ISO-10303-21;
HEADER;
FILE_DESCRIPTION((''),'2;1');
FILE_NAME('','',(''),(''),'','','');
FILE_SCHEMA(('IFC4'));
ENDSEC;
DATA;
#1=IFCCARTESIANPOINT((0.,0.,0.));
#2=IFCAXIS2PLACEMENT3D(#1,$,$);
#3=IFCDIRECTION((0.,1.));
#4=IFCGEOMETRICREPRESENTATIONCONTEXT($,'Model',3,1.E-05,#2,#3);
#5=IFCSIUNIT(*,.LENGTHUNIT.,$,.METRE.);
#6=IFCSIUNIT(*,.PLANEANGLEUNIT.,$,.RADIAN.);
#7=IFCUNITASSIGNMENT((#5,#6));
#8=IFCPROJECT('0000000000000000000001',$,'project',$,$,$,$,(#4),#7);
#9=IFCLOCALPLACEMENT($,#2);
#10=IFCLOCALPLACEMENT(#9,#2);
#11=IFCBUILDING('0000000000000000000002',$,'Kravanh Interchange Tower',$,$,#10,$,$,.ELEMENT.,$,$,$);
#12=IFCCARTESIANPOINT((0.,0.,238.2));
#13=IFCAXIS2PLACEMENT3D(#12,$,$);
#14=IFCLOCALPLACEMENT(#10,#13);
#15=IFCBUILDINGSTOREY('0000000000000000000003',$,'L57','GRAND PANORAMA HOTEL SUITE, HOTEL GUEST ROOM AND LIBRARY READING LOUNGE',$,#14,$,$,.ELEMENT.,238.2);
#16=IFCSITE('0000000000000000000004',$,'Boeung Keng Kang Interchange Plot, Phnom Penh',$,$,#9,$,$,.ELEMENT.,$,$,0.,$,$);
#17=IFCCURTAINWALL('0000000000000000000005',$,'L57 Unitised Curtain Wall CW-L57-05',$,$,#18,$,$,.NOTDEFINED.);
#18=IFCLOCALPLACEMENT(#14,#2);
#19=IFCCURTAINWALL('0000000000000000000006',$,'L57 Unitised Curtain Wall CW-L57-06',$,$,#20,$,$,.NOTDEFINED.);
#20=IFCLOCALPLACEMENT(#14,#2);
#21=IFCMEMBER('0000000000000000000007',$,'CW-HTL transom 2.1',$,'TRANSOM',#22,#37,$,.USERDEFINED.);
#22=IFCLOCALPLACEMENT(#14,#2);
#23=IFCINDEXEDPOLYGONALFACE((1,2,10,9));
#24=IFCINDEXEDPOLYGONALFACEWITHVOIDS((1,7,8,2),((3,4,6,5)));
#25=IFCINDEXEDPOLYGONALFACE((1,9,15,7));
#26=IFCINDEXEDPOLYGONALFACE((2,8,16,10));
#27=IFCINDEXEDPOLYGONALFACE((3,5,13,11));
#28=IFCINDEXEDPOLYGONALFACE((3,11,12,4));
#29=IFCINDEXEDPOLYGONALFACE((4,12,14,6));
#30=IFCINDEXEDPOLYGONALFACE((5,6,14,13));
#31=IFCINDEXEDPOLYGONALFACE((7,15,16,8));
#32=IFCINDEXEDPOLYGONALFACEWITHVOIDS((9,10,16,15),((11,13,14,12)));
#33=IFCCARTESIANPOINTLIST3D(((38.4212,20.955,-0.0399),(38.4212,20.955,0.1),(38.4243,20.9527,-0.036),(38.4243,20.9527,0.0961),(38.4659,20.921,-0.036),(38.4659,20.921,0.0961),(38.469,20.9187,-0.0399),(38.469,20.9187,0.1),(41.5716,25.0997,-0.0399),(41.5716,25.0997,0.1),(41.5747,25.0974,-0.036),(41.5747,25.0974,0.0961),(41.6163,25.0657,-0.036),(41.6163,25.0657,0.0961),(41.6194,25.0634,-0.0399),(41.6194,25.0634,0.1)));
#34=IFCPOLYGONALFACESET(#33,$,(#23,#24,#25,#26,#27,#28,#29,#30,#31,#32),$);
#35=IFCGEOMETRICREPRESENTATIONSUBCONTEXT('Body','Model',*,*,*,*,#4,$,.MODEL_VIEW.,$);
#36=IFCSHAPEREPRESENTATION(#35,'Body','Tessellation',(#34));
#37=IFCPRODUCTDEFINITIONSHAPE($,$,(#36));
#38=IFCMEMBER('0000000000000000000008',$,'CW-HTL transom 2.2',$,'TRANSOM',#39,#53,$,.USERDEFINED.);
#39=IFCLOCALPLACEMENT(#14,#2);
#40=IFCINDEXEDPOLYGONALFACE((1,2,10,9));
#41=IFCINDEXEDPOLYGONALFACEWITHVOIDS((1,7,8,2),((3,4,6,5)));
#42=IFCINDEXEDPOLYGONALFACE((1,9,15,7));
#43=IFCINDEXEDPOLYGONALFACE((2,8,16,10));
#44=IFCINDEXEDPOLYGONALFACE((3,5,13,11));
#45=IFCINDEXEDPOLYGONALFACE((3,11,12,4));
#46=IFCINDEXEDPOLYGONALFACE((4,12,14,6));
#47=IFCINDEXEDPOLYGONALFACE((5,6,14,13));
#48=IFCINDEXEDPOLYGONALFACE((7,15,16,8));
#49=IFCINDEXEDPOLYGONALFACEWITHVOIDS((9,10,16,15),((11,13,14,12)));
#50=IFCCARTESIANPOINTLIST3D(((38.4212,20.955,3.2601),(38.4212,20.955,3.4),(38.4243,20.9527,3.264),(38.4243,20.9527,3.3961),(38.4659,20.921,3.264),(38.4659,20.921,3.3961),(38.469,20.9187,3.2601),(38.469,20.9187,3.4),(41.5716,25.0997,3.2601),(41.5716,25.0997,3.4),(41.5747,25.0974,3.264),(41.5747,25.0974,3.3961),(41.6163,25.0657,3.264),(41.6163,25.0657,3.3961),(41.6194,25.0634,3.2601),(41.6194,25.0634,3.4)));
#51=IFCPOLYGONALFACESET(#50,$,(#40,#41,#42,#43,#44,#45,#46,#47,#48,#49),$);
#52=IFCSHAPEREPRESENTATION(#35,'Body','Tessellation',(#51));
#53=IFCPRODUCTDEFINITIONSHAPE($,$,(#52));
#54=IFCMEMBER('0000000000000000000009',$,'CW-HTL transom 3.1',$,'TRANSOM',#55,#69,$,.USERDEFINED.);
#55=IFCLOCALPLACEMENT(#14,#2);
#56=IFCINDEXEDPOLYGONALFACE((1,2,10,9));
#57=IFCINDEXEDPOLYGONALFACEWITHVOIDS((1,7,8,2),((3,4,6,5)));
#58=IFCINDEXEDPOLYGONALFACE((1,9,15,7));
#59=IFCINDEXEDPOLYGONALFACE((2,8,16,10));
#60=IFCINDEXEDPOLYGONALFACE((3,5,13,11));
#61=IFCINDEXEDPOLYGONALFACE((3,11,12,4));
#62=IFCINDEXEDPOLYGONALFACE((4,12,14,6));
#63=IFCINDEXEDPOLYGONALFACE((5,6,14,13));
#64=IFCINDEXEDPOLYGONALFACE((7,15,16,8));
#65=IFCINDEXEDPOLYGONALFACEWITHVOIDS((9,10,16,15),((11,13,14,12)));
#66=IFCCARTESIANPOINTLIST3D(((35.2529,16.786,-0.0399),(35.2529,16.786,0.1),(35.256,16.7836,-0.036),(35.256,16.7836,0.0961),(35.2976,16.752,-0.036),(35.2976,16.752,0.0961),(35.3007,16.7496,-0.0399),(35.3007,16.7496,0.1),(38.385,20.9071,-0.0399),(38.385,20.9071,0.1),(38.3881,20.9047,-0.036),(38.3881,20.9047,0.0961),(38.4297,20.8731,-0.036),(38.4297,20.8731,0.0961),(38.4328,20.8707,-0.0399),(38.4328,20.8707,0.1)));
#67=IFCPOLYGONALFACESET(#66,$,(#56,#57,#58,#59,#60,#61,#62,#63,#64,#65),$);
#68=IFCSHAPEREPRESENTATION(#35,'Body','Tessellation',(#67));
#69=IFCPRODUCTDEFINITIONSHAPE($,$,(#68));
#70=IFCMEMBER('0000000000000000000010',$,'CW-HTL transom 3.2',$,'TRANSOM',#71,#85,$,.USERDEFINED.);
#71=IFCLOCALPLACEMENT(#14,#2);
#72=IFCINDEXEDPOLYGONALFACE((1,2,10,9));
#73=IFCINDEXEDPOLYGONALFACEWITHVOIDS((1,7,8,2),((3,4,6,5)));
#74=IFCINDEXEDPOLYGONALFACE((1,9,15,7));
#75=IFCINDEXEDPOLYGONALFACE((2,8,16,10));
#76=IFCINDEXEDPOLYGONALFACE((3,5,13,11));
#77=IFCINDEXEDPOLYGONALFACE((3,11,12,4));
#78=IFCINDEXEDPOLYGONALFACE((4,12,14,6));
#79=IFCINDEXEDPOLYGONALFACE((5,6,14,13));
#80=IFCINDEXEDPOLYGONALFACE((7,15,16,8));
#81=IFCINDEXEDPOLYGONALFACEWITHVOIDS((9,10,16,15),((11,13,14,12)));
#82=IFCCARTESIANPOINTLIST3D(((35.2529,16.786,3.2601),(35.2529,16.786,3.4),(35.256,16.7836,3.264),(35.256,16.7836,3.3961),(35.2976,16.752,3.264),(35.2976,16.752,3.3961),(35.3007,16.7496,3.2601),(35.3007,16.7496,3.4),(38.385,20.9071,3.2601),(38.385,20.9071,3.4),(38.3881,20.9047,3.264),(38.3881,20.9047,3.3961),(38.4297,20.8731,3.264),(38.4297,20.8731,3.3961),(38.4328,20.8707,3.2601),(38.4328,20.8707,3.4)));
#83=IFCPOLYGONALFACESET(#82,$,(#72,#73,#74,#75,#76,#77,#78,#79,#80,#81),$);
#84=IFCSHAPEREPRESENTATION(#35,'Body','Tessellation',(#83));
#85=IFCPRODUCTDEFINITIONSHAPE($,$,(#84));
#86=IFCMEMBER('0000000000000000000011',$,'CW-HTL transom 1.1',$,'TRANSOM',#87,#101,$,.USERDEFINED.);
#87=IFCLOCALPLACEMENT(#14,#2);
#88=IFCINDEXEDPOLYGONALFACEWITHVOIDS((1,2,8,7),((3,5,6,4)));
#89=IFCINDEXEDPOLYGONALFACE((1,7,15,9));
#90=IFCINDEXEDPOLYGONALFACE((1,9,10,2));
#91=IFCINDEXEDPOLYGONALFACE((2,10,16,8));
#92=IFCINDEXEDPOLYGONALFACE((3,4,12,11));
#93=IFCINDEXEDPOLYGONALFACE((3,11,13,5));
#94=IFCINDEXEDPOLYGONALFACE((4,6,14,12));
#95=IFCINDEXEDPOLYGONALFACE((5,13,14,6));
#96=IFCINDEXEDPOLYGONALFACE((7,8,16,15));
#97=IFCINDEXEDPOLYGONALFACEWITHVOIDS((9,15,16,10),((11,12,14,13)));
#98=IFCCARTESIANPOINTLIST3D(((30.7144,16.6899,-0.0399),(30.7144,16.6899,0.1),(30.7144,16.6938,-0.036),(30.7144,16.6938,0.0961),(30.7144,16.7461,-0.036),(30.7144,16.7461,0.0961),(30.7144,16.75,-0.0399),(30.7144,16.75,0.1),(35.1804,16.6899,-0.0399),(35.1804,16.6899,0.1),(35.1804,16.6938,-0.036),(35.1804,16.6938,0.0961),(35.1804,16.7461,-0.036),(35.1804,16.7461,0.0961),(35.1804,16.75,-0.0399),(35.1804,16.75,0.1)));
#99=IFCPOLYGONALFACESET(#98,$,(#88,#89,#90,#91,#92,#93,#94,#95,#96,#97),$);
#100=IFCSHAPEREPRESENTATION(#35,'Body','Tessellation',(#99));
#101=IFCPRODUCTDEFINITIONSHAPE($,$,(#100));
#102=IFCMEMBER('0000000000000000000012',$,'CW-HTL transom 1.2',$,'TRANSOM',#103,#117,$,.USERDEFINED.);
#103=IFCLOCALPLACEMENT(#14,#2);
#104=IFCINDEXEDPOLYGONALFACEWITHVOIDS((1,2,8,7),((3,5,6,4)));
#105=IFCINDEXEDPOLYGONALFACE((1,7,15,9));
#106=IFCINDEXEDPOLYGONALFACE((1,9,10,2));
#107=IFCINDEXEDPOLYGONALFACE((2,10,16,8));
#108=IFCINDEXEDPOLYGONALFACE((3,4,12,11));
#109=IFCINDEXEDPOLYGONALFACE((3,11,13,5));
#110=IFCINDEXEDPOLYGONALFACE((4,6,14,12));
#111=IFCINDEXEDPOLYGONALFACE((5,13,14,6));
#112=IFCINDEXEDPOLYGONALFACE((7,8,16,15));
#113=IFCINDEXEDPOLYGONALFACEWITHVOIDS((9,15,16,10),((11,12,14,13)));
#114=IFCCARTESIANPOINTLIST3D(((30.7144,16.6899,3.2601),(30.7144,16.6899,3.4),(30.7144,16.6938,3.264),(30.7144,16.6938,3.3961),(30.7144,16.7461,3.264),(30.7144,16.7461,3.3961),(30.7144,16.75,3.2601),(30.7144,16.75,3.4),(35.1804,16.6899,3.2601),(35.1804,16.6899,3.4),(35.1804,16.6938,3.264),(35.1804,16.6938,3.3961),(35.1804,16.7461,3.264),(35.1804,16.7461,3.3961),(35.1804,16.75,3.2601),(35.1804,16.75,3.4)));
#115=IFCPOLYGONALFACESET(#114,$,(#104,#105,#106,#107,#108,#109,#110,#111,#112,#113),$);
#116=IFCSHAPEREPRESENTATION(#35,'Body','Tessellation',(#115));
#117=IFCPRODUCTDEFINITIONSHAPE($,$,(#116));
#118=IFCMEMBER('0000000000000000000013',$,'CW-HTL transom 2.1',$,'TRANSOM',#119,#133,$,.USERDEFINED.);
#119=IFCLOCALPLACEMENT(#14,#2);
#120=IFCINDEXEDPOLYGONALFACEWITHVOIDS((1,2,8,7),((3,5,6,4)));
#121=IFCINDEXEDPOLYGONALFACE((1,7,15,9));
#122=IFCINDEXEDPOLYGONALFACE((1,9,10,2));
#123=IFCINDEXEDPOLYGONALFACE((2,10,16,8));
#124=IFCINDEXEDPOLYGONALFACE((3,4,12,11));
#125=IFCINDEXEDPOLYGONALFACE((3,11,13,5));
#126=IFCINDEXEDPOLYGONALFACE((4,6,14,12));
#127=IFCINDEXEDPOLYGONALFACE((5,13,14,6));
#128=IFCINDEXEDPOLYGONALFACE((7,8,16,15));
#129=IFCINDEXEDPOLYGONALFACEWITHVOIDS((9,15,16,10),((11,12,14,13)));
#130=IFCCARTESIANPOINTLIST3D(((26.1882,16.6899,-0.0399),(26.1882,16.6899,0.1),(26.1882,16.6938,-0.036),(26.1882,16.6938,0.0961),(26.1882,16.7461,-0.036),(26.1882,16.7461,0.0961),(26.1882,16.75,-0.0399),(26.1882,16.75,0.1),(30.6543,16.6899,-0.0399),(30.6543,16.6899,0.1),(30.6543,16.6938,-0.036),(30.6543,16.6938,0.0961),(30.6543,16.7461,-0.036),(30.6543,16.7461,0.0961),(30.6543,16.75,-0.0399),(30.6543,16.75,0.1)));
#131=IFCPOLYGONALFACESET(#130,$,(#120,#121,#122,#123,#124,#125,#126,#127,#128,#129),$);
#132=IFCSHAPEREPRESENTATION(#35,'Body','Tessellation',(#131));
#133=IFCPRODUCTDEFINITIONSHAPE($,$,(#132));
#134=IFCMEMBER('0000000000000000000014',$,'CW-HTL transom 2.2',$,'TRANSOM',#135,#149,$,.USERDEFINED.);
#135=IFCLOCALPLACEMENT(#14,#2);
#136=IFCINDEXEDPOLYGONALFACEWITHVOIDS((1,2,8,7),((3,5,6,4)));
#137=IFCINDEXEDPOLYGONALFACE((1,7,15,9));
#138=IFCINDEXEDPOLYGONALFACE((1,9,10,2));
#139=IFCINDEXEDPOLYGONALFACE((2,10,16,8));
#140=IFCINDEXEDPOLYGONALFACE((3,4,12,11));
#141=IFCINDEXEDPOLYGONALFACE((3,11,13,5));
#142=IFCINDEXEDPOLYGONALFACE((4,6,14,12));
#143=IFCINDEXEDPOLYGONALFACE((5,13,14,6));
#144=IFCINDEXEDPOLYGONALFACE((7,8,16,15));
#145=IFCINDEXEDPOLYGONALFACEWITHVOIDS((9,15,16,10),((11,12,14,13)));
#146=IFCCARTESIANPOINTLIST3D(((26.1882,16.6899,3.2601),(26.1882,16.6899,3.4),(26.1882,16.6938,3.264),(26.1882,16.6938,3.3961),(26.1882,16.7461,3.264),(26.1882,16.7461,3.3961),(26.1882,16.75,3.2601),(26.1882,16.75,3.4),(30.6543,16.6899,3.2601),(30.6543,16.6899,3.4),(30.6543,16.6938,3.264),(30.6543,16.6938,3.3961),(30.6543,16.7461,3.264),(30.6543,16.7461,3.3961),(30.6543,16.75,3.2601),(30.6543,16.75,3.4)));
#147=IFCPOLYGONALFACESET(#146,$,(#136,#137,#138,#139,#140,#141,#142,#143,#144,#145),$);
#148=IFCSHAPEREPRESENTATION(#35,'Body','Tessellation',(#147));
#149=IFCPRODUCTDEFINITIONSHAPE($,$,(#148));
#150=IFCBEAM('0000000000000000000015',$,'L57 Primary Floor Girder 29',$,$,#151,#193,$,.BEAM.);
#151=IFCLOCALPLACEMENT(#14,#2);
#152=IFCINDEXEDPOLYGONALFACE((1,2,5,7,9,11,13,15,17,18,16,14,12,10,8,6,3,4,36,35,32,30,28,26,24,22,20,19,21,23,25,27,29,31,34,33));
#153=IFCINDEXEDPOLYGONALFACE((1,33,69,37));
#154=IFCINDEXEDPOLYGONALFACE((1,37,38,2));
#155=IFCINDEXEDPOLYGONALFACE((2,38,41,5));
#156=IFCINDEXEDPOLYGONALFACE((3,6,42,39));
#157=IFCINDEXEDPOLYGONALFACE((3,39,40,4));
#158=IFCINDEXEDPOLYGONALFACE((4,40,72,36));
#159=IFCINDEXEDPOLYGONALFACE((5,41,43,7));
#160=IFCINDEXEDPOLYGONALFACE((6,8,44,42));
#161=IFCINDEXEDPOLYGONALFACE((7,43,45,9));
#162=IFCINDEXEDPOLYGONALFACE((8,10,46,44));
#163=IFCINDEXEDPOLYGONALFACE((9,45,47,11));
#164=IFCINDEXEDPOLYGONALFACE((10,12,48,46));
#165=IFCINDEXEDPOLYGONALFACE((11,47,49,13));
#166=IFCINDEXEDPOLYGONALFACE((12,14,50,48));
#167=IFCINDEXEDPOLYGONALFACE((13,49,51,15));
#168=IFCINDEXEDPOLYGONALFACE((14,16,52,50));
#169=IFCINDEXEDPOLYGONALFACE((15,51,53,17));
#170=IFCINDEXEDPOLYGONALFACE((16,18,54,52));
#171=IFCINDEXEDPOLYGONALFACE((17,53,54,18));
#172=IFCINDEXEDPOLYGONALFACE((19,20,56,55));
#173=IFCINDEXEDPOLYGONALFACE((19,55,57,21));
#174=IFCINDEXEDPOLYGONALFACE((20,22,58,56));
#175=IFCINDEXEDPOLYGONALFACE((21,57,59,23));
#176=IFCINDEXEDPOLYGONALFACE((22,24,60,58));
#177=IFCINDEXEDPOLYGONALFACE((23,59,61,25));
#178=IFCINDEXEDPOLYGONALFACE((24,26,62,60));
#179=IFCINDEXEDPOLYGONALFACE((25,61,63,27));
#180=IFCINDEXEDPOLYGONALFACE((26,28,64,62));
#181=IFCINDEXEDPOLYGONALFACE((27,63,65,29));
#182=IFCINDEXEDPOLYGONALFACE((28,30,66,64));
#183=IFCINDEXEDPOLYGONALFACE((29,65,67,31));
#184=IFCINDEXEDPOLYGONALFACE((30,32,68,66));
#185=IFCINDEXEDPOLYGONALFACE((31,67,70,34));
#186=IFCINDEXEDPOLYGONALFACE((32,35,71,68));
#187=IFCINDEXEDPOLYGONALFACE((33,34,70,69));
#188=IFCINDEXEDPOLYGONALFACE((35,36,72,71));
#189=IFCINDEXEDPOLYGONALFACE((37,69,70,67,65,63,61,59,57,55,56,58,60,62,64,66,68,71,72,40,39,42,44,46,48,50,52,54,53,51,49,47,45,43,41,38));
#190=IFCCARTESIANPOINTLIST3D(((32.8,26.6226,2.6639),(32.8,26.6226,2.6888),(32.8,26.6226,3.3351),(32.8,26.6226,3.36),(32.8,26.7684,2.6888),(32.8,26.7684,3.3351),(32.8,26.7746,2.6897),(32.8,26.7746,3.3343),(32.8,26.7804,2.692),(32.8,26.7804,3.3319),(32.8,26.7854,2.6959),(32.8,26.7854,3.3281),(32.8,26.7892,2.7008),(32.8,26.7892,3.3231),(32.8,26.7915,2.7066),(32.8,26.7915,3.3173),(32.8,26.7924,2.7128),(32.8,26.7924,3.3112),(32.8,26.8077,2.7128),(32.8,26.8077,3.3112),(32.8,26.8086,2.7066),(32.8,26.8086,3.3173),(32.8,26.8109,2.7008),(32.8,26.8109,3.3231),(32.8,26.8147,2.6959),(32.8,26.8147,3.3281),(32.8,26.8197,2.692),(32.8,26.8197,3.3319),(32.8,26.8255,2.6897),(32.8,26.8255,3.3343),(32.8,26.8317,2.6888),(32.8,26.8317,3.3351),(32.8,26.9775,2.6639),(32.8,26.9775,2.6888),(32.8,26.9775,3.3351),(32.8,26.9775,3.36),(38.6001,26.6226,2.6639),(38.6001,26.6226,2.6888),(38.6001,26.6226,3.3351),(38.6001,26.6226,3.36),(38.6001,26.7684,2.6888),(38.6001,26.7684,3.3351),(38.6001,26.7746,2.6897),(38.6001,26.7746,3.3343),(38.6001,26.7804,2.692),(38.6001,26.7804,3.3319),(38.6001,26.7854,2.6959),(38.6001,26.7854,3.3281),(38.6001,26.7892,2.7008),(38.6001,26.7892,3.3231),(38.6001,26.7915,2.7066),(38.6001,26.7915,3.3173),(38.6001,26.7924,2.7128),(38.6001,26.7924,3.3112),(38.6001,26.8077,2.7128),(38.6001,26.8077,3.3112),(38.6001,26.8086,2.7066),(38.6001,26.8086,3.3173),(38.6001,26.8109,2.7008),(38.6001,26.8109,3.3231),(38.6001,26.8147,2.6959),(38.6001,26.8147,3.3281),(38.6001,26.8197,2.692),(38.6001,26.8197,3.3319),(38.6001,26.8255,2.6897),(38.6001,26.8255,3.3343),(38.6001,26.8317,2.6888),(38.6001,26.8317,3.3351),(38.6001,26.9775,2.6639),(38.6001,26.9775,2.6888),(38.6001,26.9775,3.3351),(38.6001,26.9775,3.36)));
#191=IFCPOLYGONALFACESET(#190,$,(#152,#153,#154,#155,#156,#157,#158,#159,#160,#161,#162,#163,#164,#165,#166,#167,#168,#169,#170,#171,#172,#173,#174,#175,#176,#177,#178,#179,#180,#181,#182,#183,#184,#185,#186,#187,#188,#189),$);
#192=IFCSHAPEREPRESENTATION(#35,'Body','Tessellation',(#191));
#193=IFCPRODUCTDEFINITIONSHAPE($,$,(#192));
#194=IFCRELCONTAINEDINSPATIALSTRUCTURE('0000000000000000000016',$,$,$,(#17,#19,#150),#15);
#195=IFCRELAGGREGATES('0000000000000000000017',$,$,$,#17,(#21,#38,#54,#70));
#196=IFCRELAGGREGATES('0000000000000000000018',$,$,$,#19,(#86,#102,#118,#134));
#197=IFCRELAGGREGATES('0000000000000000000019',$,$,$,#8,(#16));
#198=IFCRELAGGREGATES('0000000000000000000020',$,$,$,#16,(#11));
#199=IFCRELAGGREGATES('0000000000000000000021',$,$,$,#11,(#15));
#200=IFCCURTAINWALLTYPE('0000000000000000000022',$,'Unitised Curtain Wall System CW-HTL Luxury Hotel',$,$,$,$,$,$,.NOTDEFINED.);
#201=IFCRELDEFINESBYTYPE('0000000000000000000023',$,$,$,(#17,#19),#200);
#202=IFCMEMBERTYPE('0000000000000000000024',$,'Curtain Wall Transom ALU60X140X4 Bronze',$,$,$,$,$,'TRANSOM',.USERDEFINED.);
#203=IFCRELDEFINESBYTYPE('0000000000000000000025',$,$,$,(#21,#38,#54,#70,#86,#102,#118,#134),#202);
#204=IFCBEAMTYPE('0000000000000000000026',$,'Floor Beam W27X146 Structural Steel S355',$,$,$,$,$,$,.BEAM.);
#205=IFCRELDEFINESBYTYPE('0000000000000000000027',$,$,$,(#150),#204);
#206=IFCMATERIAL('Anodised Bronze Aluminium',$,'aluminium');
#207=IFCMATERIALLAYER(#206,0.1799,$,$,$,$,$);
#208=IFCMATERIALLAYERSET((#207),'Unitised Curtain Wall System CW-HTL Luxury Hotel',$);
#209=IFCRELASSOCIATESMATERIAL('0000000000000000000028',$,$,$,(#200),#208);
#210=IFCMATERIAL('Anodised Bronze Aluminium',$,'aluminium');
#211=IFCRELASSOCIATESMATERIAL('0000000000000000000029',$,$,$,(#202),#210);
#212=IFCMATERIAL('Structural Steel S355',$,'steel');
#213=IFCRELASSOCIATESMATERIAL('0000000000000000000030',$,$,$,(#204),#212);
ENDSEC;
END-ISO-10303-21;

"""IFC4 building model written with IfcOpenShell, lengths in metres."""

from ifc_helpers import new_model, si_unit, direction, frame, origin, origin_2d, place, context, subcontext, project, spatial, hollow_rectangle, i_section, extrude, material, layer, layer_set, material_profile, profile_set, type_object, element, aggregate, save


model = new_model("IFC4")

# Units and contexts
model_context = context("Model", 3, precision=1e-05, world=origin(), true_north=direction((0.0, 1.0)))
body_context = subcontext(model_context, "Body", "Model", "MODEL_VIEW")
ifc_project = project(units=[si_unit("LENGTHUNIT", "METRE"), si_unit("PLANEANGLEUNIT", "RADIAN")], contexts=[model_context])

# Site, building, storey
site_placement = place(None, origin())
site = spatial("IfcSite", under=ifc_project, at=site_placement, Name="Boeung Keng Kang Interchange Plot, Phnom Penh", CompositionType="ELEMENT", RefElevation=0.0)
building_placement = place(site_placement, origin())
building = spatial("IfcBuilding", under=site, at=building_placement, Name="Kravanh Interchange Tower", CompositionType="ELEMENT")
storey_placement = place(building_placement, frame((0.0, 0.0, 238.2)))
storey = spatial("IfcBuildingStorey", under=building, at=storey_placement, Name="L57", Description="GRAND PANORAMA HOTEL SUITE, HOTEL GUEST ROOM AND LIBRARY READING LOUNGE", CompositionType="ELEMENT", Elevation=238.2)

# Curtain walls
ifc_material_1 = material(Name="Anodised Bronze Aluminium", Category="aluminium")
ifc_layer_1 = layer(ifc_material_1, 0.1799)
ifc_layer_set_1 = layer_set([ifc_layer_1], Name="Unitised Curtain Wall System CW-HTL Luxury Hotel")
curtain_wall_type = type_object("IfcCurtainWallType", Name="Unitised Curtain Wall System CW-HTL Luxury Hotel", PredefinedType="NOTDEFINED", material=ifc_layer_set_1)
curtain_wall_1_placement = place(storey_placement, origin())
curtain_wall_1 = element("IfcCurtainWall", 1, at=curtain_wall_1_placement, inside=storey, type_object=curtain_wall_type, Name="L57 Unitised Curtain Wall CW-L57-05", PredefinedType="NOTDEFINED")
curtain_wall_2_placement = place(storey_placement, origin())
curtain_wall_2 = element("IfcCurtainWall", 2, at=curtain_wall_2_placement, inside=storey, type_object=curtain_wall_type, Name="L57 Unitised Curtain Wall CW-L57-06", PredefinedType="NOTDEFINED")

# Members
ifc_material_2 = material(Name="Anodised Bronze Aluminium", Category="aluminium")
ifc_material_profile_1 = material_profile(ifc_material_2, hollow_rectangle(XDim=0.0601, YDim=0.1399, WallThickness=0.0039, at=origin_2d()), Name="ALU60X140X4")
ifc_profile_set_1 = profile_set([ifc_material_profile_1], Name="Anodised Bronze Aluminium")
member_type_1 = type_object("IfcMemberType", Name="Curtain Wall Transom ALU60X140X4 Bronze", ElementType="TRANSOM", PredefinedType="USERDEFINED", material=ifc_profile_set_1)
member_1_placement = place(storey_placement, frame((41.5955, 25.0815, 0.03), z_axis=(-0.605127, -0.796129, 0.0), x_axis=(0.796129, -0.605127, 0.0)))
member_1 = element("IfcMember", 3, at=member_1_placement, type_object=member_type_1, Name="CW-HTL transom 2.1", ObjectType="TRANSOM", PredefinedType="USERDEFINED", context=body_context, shape_type="SweptSolid", body=[
    extrude(hollow_rectangle(XDim=0.0601, YDim=0.1399, WallThickness=0.0039, at=origin_2d()), origin(), (0.0, 0.0, 1.0), 5.2061),
])
member_2_placement = place(storey_placement, frame((41.5955, 25.0815, 3.3301), z_axis=(-0.605127, -0.796129, 0.0), x_axis=(0.796129, -0.605127, 0.0)))
member_2 = element("IfcMember", 4, at=member_2_placement, type_object=member_type_1, Name="CW-HTL transom 2.2", ObjectType="TRANSOM", PredefinedType="USERDEFINED", context=body_context, shape_type="SweptSolid", body=[
    extrude(hollow_rectangle(XDim=0.0601, YDim=0.1399, WallThickness=0.0039, at=origin_2d()), origin(), (0.0, 0.0, 1.0), 5.2061),
])
member_3_placement = place(storey_placement, frame((38.4089, 20.8889, 0.03), z_axis=(-0.605089, -0.796158, 0.0), x_axis=(0.796158, -0.605089, 0.0)))
member_3 = element("IfcMember", 5, at=member_3_placement, type_object=member_type_1, Name="CW-HTL transom 3.1", ObjectType="TRANSOM", PredefinedType="USERDEFINED", context=body_context, shape_type="SweptSolid", body=[
    extrude(hollow_rectangle(XDim=0.0601, YDim=0.1399, WallThickness=0.0039, at=origin_2d()), origin(), (0.0, 0.0, 1.0), 5.1763),
])
member_4_placement = place(storey_placement, frame((38.4089, 20.8889, 3.3301), z_axis=(-0.605089, -0.796158, 0.0), x_axis=(0.796158, -0.605089, 0.0)))
member_4 = element("IfcMember", 6, at=member_4_placement, type_object=member_type_1, Name="CW-HTL transom 3.2", ObjectType="TRANSOM", PredefinedType="USERDEFINED", context=body_context, shape_type="SweptSolid", body=[
    extrude(hollow_rectangle(XDim=0.0601, YDim=0.1399, WallThickness=0.0039, at=origin_2d()), origin(), (0.0, 0.0, 1.0), 5.1763),
])
member_5_placement = place(storey_placement, frame((35.1804, 16.72, 0.03), z_axis=(-1.0, 0.0, 0.0), x_axis=(0.0, -1.0, 0.0)))
member_5 = element("IfcMember", 7, at=member_5_placement, type_object=member_type_1, Name="CW-HTL transom 1.1", ObjectType="TRANSOM", PredefinedType="USERDEFINED", context=body_context, shape_type="SweptSolid", body=[
    extrude(hollow_rectangle(XDim=0.0601, YDim=0.1399, WallThickness=0.0039, at=origin_2d()), origin(), (0.0, 0.0, 1.0), 4.4661),
])
member_6_placement = place(storey_placement, frame((35.1804, 16.72, 3.3301), z_axis=(-1.0, 0.0, 0.0), x_axis=(0.0, -1.0, 0.0)))
member_6 = element("IfcMember", 8, at=member_6_placement, type_object=member_type_1, Name="CW-HTL transom 1.2", ObjectType="TRANSOM", PredefinedType="USERDEFINED", context=body_context, shape_type="SweptSolid", body=[
    extrude(hollow_rectangle(XDim=0.0601, YDim=0.1399, WallThickness=0.0039, at=origin_2d()), origin(), (0.0, 0.0, 1.0), 4.4661),
])
member_7_placement = place(storey_placement, frame((30.6543, 16.72, 0.03), z_axis=(-1.0, 0.0, 0.0), x_axis=(0.0, -1.0, 0.0)))
member_7 = element("IfcMember", 9, at=member_7_placement, type_object=member_type_1, Name="CW-HTL transom 2.1", ObjectType="TRANSOM", PredefinedType="USERDEFINED", context=body_context, shape_type="SweptSolid", body=[
    extrude(hollow_rectangle(XDim=0.0601, YDim=0.1399, WallThickness=0.0039, at=origin_2d()), origin(), (0.0, 0.0, 1.0), 4.4661),
])
member_8_placement = place(storey_placement, frame((30.6543, 16.72, 3.3301), z_axis=(-1.0, 0.0, 0.0), x_axis=(0.0, -1.0, 0.0)))
member_8 = element("IfcMember", 10, at=member_8_placement, type_object=member_type_1, Name="CW-HTL transom 2.2", ObjectType="TRANSOM", PredefinedType="USERDEFINED", context=body_context, shape_type="SweptSolid", body=[
    extrude(hollow_rectangle(XDim=0.0601, YDim=0.1399, WallThickness=0.0039, at=origin_2d()), origin(), (0.0, 0.0, 1.0), 4.4661),
])

# Beam
ifc_material_3 = material(Name="Structural Steel S355", Category="steel")
ifc_material_profile_2 = material_profile(ifc_material_3, i_section(OverallWidth=0.355, OverallDepth=0.696, WebThickness=0.0154, FlangeThickness=0.0249, FilletRadius=0.0239, at=origin_2d()), Name="W27X146")
ifc_profile_set_2 = profile_set([ifc_material_profile_2], Name="Structural Steel S355")
beam_type_1 = type_object("IfcBeamType", Name="Floor Beam W27X146 Structural Steel S355", PredefinedType="BEAM", material=ifc_profile_set_2)
beam_1_placement = place(storey_placement, frame((38.6001, 26.8, 3.012), z_axis=(-1.0, 0.0, 0.0), x_axis=(0.0, -1.0, 0.0)))
element("IfcBeam", 11, at=beam_1_placement, inside=storey, type_object=beam_type_1, Name="L57 Primary Floor Girder 29", PredefinedType="BEAM", context=body_context, shape_type="SweptSolid", body=[
    extrude(i_section(OverallWidth=0.355, OverallDepth=0.696, WebThickness=0.0154, FlangeThickness=0.0249, FilletRadius=0.0239, at=origin_2d()), origin(), (0.0, 0.0, 1.0), 5.8),
])

aggregate(curtain_wall_1, [member_1, member_2, member_3, member_4])
aggregate(curtain_wall_2, [member_5, member_6, member_7, member_8])

save(model, "model.ifc")
